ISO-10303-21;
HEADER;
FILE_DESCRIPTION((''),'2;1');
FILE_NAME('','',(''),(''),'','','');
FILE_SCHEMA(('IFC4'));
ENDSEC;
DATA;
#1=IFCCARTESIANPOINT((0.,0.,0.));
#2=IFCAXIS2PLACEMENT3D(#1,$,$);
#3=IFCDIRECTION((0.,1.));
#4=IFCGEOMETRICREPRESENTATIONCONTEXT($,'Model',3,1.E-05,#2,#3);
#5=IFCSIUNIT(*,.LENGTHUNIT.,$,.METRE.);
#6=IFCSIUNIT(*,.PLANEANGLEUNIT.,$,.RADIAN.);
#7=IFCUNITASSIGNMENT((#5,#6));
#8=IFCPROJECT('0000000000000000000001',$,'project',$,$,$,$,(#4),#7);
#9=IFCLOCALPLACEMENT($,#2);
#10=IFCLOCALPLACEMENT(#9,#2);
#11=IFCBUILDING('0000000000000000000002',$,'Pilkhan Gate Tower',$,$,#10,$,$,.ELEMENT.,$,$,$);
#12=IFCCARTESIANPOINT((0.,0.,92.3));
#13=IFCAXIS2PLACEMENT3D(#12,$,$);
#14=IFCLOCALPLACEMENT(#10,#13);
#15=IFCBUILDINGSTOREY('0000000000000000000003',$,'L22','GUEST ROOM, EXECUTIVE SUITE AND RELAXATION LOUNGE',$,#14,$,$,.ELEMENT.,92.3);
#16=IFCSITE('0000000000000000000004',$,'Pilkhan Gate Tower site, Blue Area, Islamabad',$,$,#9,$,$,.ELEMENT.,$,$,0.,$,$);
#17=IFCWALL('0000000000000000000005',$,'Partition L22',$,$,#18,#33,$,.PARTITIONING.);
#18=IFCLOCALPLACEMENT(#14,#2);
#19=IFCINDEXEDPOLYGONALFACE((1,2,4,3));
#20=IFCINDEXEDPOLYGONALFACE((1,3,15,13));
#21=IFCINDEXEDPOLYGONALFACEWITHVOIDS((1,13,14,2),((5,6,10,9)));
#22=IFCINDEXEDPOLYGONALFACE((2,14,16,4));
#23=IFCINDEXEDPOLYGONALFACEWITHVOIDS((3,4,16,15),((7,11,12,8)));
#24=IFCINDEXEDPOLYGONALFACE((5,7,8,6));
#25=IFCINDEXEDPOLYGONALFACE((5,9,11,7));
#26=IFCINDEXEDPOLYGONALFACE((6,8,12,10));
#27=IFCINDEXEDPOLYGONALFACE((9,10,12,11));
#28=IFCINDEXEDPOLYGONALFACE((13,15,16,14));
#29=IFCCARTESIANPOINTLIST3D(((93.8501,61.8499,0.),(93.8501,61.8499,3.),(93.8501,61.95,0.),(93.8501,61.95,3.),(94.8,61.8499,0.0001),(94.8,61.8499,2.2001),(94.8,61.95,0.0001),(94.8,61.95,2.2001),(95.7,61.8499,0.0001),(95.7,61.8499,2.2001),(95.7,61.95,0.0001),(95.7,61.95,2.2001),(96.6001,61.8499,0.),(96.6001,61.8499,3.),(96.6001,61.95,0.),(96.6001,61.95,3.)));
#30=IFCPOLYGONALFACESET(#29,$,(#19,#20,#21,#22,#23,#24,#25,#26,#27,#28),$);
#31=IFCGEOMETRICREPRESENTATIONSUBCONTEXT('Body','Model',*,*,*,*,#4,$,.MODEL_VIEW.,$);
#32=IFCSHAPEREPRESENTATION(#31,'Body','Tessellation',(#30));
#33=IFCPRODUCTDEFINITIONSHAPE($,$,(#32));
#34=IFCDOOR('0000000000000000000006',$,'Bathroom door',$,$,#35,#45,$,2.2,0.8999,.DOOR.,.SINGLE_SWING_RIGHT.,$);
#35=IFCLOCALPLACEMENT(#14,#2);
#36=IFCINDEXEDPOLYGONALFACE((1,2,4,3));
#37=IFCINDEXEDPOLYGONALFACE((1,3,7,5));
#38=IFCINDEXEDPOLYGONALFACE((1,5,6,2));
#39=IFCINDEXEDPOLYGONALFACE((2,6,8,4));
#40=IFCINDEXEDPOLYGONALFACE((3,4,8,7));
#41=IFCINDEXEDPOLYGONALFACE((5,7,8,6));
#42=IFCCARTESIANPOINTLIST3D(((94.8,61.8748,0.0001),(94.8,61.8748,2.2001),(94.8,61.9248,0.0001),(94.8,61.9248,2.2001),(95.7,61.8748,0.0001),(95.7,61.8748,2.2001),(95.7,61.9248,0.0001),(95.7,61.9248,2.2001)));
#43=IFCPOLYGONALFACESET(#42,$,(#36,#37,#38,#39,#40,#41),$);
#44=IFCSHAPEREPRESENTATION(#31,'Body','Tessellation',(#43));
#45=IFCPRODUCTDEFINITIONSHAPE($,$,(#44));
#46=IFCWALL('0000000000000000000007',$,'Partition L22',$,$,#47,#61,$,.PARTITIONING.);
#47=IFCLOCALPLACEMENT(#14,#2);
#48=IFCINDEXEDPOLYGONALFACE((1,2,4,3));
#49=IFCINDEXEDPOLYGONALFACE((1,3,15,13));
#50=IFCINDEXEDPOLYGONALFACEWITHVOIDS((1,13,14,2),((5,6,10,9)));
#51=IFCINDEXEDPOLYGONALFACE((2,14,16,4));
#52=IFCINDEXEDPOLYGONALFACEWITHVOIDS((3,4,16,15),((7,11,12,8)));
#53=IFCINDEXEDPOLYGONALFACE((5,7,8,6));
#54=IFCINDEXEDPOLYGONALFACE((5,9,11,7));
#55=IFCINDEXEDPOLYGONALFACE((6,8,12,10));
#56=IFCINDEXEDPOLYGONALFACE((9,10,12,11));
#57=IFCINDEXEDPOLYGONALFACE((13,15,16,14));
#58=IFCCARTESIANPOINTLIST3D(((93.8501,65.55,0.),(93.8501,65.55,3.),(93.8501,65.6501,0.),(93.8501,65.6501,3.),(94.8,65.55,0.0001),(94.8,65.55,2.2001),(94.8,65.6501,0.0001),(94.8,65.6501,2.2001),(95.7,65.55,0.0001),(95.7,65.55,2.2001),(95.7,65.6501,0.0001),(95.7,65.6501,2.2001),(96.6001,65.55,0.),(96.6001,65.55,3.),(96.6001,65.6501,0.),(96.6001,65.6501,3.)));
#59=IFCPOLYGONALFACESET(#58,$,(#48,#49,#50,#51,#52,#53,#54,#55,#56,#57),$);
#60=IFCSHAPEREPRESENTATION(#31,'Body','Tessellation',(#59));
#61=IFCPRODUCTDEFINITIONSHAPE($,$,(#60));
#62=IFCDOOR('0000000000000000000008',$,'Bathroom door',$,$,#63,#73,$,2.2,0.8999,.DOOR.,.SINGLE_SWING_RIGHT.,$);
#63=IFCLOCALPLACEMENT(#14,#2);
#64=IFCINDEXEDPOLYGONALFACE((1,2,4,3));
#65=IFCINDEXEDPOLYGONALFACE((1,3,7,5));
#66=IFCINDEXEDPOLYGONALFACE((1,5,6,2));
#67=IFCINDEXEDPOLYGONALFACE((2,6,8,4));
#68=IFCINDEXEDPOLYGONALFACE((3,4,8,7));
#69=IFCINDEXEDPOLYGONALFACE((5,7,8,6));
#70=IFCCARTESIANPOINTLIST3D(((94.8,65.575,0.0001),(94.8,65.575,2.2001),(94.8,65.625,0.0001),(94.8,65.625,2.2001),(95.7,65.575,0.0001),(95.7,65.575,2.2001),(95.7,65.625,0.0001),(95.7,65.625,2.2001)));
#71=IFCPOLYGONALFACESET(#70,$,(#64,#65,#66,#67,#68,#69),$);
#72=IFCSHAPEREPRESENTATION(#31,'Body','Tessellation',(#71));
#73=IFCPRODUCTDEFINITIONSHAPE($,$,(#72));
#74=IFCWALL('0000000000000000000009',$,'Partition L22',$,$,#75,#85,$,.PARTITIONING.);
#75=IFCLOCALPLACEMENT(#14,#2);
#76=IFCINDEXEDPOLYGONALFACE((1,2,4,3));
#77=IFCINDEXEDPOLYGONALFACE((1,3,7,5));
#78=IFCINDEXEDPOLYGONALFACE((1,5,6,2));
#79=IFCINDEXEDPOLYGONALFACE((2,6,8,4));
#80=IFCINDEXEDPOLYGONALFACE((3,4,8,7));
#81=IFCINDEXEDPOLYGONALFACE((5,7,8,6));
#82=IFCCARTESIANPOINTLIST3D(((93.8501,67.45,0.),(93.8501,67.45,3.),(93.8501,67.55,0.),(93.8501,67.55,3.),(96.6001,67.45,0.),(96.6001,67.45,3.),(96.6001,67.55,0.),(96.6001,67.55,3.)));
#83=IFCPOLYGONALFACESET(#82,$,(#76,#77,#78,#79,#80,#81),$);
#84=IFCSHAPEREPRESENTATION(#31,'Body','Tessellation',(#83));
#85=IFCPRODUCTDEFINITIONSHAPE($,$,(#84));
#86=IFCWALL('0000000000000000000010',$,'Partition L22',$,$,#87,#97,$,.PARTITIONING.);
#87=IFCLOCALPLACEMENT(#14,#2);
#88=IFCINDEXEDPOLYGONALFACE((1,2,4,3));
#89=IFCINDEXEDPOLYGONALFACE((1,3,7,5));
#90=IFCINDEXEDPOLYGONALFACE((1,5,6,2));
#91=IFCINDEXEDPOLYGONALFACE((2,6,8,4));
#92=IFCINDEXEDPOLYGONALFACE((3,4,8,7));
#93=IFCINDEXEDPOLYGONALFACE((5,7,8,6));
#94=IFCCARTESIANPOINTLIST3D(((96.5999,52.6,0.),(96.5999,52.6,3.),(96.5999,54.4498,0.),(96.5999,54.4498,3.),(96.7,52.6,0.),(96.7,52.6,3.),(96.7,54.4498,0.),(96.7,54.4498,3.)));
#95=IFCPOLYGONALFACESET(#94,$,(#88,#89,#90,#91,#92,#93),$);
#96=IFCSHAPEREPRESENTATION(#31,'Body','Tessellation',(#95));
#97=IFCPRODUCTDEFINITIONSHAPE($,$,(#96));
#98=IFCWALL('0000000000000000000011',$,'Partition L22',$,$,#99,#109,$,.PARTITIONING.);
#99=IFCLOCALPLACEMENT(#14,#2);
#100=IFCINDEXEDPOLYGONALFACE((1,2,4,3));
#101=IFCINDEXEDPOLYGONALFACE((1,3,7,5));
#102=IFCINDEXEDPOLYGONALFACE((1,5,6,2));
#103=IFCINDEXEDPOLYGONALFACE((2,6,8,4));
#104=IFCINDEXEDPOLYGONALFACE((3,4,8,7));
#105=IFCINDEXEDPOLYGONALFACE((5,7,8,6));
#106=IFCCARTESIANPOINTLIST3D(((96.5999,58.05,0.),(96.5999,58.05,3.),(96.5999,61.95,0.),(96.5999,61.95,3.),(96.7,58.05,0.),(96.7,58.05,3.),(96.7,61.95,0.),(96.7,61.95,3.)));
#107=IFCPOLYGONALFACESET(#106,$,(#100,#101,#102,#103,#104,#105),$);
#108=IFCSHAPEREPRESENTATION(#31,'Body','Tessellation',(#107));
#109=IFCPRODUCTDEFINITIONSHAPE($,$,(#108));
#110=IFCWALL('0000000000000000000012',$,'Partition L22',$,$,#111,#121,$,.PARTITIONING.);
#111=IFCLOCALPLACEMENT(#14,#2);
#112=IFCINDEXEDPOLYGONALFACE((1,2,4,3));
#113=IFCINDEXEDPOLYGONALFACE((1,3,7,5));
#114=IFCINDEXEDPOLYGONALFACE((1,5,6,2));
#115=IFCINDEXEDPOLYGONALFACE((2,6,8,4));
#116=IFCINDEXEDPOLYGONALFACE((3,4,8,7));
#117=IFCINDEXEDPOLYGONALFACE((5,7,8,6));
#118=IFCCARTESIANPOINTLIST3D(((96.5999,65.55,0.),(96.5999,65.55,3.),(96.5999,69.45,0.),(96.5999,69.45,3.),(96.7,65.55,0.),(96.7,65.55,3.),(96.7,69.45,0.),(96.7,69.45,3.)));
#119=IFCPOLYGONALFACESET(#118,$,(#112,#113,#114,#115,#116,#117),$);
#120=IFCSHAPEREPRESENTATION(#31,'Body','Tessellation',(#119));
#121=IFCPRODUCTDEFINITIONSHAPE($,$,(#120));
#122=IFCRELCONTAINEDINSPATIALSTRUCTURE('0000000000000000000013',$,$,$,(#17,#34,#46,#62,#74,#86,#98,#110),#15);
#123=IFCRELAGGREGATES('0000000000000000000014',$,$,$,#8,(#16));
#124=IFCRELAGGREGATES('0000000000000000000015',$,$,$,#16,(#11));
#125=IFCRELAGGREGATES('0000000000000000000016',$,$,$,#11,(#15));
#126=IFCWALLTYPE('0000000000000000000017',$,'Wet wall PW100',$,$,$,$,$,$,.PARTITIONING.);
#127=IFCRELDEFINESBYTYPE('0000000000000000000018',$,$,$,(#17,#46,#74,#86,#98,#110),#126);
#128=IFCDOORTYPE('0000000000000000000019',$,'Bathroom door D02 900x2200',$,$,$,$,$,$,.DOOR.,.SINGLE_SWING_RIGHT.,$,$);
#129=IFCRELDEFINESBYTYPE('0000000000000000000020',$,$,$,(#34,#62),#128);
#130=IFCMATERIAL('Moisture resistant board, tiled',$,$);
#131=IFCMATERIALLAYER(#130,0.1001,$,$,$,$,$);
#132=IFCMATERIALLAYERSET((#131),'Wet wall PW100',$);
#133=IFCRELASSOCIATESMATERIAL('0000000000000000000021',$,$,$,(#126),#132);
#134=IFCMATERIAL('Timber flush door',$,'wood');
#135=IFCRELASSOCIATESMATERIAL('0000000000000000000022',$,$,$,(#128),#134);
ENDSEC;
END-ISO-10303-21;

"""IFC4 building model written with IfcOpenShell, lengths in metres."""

from ifc_helpers import new_model, si_unit, direction, frame, frame_2d, origin, place, context, subcontext, project, spatial, rectangle, extrude, material, layer, layer_set, type_object, element, fill, save


model = new_model("IFC4")

# Units and contexts
model_context = context("Model", 3, precision=1e-05, world=origin(), true_north=direction((0.0, 1.0)))
body_context = subcontext(model_context, "Body", "Model", "MODEL_VIEW")
ifc_project = project(units=[si_unit("LENGTHUNIT", "METRE"), si_unit("PLANEANGLEUNIT", "RADIAN")], contexts=[model_context])

# Site, building, storey
site_placement = place(None, origin())
site = spatial("IfcSite", under=ifc_project, at=site_placement, Name="Pilkhan Gate Tower site, Blue Area, Islamabad", CompositionType="ELEMENT", RefElevation=0.0)
building_placement = place(site_placement, origin())
building = spatial("IfcBuilding", under=site, at=building_placement, Name="Pilkhan Gate Tower", CompositionType="ELEMENT")
storey_placement = place(building_placement, frame((0.0, 0.0, 92.3)))
storey = spatial("IfcBuildingStorey", under=building, at=storey_placement, Name="L22", Description="GUEST ROOM, EXECUTIVE SUITE AND RELAXATION LOUNGE", CompositionType="ELEMENT", Elevation=92.3)

# Shared definitions
ifc_material_1 = material(Name="Moisture resistant board, tiled")
ifc_layer_1 = layer(ifc_material_1, 0.1001)
ifc_layer_set_1 = layer_set([ifc_layer_1], Name="Wet wall PW100")
wall_type_1 = type_object("IfcWallType", Name="Wet wall PW100", PredefinedType="PARTITIONING", material=ifc_layer_set_1)
ifc_material_2 = material(Name="Timber flush door", Category="wood")
door_type = type_object("IfcDoorType", Name="Bathroom door D02 900x2200", OperationType="SINGLE_SWING_RIGHT", PredefinedType="DOOR", material=ifc_material_2)

# Walls, openings, doors
wall_1_placement = place(storey_placement, frame((93.8501, 61.8999, 0.0), z_axis=(0.0, 0.0, 1.0), x_axis=(1.0, 0.0, 0.0)))
wall_1 = element("IfcWall", 1, at=wall_1_placement, inside=storey, type_object=wall_type_1, Name="Partition L22", PredefinedType="PARTITIONING", context=body_context, shape_type="SweptSolid", body=[
    extrude(rectangle(XDim=2.75, YDim=0.1001, at=frame_2d((1.375, 0.0))), origin(), (0.0, 0.0, 1.0), 3.0),
])
opening_1_placement = place(wall_1_placement, frame((0.95, 0.0, 0.0)))
opening_1 = element("IfcOpeningElement", 2, at=opening_1_placement, cuts=wall_1, PredefinedType="OPENING", context=body_context, shape_type="SweptSolid", body=[
    extrude(rectangle(XDim=0.8999, YDim=2.2, at=frame_2d((0.45, 1.1001))), frame((0.0, 0.0601, 0.0), z_axis=(0.0, -1.0, 0.0), x_axis=(1.0, 0.0, 0.0)), (0.0, 0.0, 1.0), 0.1201),
])
door_1_placement = place(opening_1_placement, origin())
door_1 = element("IfcDoor", 3, at=door_1_placement, inside=storey, type_object=door_type, Name="Bathroom door", OperationType="SINGLE_SWING_RIGHT", OverallHeight=2.2, OverallWidth=0.8999, PredefinedType="DOOR", context=body_context, shape_type="SweptSolid", body=[
    extrude(rectangle(XDim=0.8999, YDim=2.2, at=frame_2d((0.45, 1.1001))), frame((0.0, 0.0249, 0.0), z_axis=(0.0, -1.0, 0.0), x_axis=(1.0, 0.0, 0.0)), (0.0, 0.0, 1.0), 0.05),
])
fill(opening_1, door_1)
wall_2_placement = place(storey_placement, frame((93.8501, 65.6001, 0.0), z_axis=(0.0, 0.0, 1.0), x_axis=(1.0, 0.0, 0.0)))
wall_2 = element("IfcWall", 4, at=wall_2_placement, inside=storey, type_object=wall_type_1, Name="Partition L22", PredefinedType="PARTITIONING", context=body_context, shape_type="SweptSolid", body=[
    extrude(rectangle(XDim=2.75, YDim=0.1001, at=frame_2d((1.375, 0.0))), origin(), (0.0, 0.0, 1.0), 3.0),
])
opening_2_placement = place(wall_2_placement, frame((0.95, 0.0, 0.0)))
opening_2 = element("IfcOpeningElement", 5, at=opening_2_placement, cuts=wall_2, PredefinedType="OPENING", context=body_context, shape_type="SweptSolid", body=[
    extrude(rectangle(XDim=0.8999, YDim=2.2, at=frame_2d((0.45, 1.1001))), frame((0.0, 0.0601, 0.0), z_axis=(0.0, -1.0, 0.0), x_axis=(1.0, 0.0, 0.0)), (0.0, 0.0, 1.0), 0.1201),
])
door_2_placement = place(opening_2_placement, origin())
door_2 = element("IfcDoor", 6, at=door_2_placement, inside=storey, type_object=door_type, Name="Bathroom door", OperationType="SINGLE_SWING_RIGHT", OverallHeight=2.2, OverallWidth=0.8999, PredefinedType="DOOR", context=body_context, shape_type="SweptSolid", body=[
    extrude(rectangle(XDim=0.8999, YDim=2.2, at=frame_2d((0.45, 1.1001))), frame((0.0, 0.0249, 0.0), z_axis=(0.0, -1.0, 0.0), x_axis=(1.0, 0.0, 0.0)), (0.0, 0.0, 1.0), 0.05),
])
fill(opening_2, door_2)

# Walls
wall_3_placement = place(storey_placement, frame((93.8501, 67.5, 0.0), z_axis=(0.0, 0.0, 1.0), x_axis=(1.0, 0.0, 0.0)))
element("IfcWall", 7, at=wall_3_placement, inside=storey, type_object=wall_type_1, Name="Partition L22", PredefinedType="PARTITIONING", context=body_context, shape_type="SweptSolid", body=[
    extrude(rectangle(XDim=2.75, YDim=0.1001, at=frame_2d((1.375, 0.0))), origin(), (0.0, 0.0, 1.0), 3.0),
])
wall_4_placement = place(storey_placement, frame((96.6499, 52.6001, 0.0), z_axis=(0.0, 0.0, 1.0), x_axis=(0.0, 1.0, 0.0)))
element("IfcWall", 8, at=wall_4_placement, inside=storey, type_object=wall_type_1, Name="Partition L22", PredefinedType="PARTITIONING", context=body_context, shape_type="SweptSolid", body=[
    extrude(rectangle(XDim=1.8499, YDim=0.1001, at=frame_2d((0.9248, 0.0))), origin(), (0.0, 0.0, 1.0), 3.0),
])
for number, where, z_axis, x_axis, name in (
    (9, (96.6499, 58.05, 0.0), (0.0, 0.0, 1.0), (0.0, 1.0, 0.0), "Partition L22"),
    (10, (96.6499, 65.55, 0.0), (0.0, 0.0, 1.0), (0.0, 1.0, 0.0), "Partition L22"),
):
    element("IfcWall", number, at=place(storey_placement, frame(where, z_axis=z_axis, x_axis=x_axis)), inside=storey, type_object=wall_type_1, Name=name, PredefinedType="PARTITIONING", context=body_context, shape_type="SweptSolid", body=[
        extrude(rectangle(XDim=3.8999, YDim=0.1001, at=frame_2d((1.95, 0.0))), origin(), (0.0, 0.0, 1.0), 3.0),
    ])

save(model, "model.ifc")
